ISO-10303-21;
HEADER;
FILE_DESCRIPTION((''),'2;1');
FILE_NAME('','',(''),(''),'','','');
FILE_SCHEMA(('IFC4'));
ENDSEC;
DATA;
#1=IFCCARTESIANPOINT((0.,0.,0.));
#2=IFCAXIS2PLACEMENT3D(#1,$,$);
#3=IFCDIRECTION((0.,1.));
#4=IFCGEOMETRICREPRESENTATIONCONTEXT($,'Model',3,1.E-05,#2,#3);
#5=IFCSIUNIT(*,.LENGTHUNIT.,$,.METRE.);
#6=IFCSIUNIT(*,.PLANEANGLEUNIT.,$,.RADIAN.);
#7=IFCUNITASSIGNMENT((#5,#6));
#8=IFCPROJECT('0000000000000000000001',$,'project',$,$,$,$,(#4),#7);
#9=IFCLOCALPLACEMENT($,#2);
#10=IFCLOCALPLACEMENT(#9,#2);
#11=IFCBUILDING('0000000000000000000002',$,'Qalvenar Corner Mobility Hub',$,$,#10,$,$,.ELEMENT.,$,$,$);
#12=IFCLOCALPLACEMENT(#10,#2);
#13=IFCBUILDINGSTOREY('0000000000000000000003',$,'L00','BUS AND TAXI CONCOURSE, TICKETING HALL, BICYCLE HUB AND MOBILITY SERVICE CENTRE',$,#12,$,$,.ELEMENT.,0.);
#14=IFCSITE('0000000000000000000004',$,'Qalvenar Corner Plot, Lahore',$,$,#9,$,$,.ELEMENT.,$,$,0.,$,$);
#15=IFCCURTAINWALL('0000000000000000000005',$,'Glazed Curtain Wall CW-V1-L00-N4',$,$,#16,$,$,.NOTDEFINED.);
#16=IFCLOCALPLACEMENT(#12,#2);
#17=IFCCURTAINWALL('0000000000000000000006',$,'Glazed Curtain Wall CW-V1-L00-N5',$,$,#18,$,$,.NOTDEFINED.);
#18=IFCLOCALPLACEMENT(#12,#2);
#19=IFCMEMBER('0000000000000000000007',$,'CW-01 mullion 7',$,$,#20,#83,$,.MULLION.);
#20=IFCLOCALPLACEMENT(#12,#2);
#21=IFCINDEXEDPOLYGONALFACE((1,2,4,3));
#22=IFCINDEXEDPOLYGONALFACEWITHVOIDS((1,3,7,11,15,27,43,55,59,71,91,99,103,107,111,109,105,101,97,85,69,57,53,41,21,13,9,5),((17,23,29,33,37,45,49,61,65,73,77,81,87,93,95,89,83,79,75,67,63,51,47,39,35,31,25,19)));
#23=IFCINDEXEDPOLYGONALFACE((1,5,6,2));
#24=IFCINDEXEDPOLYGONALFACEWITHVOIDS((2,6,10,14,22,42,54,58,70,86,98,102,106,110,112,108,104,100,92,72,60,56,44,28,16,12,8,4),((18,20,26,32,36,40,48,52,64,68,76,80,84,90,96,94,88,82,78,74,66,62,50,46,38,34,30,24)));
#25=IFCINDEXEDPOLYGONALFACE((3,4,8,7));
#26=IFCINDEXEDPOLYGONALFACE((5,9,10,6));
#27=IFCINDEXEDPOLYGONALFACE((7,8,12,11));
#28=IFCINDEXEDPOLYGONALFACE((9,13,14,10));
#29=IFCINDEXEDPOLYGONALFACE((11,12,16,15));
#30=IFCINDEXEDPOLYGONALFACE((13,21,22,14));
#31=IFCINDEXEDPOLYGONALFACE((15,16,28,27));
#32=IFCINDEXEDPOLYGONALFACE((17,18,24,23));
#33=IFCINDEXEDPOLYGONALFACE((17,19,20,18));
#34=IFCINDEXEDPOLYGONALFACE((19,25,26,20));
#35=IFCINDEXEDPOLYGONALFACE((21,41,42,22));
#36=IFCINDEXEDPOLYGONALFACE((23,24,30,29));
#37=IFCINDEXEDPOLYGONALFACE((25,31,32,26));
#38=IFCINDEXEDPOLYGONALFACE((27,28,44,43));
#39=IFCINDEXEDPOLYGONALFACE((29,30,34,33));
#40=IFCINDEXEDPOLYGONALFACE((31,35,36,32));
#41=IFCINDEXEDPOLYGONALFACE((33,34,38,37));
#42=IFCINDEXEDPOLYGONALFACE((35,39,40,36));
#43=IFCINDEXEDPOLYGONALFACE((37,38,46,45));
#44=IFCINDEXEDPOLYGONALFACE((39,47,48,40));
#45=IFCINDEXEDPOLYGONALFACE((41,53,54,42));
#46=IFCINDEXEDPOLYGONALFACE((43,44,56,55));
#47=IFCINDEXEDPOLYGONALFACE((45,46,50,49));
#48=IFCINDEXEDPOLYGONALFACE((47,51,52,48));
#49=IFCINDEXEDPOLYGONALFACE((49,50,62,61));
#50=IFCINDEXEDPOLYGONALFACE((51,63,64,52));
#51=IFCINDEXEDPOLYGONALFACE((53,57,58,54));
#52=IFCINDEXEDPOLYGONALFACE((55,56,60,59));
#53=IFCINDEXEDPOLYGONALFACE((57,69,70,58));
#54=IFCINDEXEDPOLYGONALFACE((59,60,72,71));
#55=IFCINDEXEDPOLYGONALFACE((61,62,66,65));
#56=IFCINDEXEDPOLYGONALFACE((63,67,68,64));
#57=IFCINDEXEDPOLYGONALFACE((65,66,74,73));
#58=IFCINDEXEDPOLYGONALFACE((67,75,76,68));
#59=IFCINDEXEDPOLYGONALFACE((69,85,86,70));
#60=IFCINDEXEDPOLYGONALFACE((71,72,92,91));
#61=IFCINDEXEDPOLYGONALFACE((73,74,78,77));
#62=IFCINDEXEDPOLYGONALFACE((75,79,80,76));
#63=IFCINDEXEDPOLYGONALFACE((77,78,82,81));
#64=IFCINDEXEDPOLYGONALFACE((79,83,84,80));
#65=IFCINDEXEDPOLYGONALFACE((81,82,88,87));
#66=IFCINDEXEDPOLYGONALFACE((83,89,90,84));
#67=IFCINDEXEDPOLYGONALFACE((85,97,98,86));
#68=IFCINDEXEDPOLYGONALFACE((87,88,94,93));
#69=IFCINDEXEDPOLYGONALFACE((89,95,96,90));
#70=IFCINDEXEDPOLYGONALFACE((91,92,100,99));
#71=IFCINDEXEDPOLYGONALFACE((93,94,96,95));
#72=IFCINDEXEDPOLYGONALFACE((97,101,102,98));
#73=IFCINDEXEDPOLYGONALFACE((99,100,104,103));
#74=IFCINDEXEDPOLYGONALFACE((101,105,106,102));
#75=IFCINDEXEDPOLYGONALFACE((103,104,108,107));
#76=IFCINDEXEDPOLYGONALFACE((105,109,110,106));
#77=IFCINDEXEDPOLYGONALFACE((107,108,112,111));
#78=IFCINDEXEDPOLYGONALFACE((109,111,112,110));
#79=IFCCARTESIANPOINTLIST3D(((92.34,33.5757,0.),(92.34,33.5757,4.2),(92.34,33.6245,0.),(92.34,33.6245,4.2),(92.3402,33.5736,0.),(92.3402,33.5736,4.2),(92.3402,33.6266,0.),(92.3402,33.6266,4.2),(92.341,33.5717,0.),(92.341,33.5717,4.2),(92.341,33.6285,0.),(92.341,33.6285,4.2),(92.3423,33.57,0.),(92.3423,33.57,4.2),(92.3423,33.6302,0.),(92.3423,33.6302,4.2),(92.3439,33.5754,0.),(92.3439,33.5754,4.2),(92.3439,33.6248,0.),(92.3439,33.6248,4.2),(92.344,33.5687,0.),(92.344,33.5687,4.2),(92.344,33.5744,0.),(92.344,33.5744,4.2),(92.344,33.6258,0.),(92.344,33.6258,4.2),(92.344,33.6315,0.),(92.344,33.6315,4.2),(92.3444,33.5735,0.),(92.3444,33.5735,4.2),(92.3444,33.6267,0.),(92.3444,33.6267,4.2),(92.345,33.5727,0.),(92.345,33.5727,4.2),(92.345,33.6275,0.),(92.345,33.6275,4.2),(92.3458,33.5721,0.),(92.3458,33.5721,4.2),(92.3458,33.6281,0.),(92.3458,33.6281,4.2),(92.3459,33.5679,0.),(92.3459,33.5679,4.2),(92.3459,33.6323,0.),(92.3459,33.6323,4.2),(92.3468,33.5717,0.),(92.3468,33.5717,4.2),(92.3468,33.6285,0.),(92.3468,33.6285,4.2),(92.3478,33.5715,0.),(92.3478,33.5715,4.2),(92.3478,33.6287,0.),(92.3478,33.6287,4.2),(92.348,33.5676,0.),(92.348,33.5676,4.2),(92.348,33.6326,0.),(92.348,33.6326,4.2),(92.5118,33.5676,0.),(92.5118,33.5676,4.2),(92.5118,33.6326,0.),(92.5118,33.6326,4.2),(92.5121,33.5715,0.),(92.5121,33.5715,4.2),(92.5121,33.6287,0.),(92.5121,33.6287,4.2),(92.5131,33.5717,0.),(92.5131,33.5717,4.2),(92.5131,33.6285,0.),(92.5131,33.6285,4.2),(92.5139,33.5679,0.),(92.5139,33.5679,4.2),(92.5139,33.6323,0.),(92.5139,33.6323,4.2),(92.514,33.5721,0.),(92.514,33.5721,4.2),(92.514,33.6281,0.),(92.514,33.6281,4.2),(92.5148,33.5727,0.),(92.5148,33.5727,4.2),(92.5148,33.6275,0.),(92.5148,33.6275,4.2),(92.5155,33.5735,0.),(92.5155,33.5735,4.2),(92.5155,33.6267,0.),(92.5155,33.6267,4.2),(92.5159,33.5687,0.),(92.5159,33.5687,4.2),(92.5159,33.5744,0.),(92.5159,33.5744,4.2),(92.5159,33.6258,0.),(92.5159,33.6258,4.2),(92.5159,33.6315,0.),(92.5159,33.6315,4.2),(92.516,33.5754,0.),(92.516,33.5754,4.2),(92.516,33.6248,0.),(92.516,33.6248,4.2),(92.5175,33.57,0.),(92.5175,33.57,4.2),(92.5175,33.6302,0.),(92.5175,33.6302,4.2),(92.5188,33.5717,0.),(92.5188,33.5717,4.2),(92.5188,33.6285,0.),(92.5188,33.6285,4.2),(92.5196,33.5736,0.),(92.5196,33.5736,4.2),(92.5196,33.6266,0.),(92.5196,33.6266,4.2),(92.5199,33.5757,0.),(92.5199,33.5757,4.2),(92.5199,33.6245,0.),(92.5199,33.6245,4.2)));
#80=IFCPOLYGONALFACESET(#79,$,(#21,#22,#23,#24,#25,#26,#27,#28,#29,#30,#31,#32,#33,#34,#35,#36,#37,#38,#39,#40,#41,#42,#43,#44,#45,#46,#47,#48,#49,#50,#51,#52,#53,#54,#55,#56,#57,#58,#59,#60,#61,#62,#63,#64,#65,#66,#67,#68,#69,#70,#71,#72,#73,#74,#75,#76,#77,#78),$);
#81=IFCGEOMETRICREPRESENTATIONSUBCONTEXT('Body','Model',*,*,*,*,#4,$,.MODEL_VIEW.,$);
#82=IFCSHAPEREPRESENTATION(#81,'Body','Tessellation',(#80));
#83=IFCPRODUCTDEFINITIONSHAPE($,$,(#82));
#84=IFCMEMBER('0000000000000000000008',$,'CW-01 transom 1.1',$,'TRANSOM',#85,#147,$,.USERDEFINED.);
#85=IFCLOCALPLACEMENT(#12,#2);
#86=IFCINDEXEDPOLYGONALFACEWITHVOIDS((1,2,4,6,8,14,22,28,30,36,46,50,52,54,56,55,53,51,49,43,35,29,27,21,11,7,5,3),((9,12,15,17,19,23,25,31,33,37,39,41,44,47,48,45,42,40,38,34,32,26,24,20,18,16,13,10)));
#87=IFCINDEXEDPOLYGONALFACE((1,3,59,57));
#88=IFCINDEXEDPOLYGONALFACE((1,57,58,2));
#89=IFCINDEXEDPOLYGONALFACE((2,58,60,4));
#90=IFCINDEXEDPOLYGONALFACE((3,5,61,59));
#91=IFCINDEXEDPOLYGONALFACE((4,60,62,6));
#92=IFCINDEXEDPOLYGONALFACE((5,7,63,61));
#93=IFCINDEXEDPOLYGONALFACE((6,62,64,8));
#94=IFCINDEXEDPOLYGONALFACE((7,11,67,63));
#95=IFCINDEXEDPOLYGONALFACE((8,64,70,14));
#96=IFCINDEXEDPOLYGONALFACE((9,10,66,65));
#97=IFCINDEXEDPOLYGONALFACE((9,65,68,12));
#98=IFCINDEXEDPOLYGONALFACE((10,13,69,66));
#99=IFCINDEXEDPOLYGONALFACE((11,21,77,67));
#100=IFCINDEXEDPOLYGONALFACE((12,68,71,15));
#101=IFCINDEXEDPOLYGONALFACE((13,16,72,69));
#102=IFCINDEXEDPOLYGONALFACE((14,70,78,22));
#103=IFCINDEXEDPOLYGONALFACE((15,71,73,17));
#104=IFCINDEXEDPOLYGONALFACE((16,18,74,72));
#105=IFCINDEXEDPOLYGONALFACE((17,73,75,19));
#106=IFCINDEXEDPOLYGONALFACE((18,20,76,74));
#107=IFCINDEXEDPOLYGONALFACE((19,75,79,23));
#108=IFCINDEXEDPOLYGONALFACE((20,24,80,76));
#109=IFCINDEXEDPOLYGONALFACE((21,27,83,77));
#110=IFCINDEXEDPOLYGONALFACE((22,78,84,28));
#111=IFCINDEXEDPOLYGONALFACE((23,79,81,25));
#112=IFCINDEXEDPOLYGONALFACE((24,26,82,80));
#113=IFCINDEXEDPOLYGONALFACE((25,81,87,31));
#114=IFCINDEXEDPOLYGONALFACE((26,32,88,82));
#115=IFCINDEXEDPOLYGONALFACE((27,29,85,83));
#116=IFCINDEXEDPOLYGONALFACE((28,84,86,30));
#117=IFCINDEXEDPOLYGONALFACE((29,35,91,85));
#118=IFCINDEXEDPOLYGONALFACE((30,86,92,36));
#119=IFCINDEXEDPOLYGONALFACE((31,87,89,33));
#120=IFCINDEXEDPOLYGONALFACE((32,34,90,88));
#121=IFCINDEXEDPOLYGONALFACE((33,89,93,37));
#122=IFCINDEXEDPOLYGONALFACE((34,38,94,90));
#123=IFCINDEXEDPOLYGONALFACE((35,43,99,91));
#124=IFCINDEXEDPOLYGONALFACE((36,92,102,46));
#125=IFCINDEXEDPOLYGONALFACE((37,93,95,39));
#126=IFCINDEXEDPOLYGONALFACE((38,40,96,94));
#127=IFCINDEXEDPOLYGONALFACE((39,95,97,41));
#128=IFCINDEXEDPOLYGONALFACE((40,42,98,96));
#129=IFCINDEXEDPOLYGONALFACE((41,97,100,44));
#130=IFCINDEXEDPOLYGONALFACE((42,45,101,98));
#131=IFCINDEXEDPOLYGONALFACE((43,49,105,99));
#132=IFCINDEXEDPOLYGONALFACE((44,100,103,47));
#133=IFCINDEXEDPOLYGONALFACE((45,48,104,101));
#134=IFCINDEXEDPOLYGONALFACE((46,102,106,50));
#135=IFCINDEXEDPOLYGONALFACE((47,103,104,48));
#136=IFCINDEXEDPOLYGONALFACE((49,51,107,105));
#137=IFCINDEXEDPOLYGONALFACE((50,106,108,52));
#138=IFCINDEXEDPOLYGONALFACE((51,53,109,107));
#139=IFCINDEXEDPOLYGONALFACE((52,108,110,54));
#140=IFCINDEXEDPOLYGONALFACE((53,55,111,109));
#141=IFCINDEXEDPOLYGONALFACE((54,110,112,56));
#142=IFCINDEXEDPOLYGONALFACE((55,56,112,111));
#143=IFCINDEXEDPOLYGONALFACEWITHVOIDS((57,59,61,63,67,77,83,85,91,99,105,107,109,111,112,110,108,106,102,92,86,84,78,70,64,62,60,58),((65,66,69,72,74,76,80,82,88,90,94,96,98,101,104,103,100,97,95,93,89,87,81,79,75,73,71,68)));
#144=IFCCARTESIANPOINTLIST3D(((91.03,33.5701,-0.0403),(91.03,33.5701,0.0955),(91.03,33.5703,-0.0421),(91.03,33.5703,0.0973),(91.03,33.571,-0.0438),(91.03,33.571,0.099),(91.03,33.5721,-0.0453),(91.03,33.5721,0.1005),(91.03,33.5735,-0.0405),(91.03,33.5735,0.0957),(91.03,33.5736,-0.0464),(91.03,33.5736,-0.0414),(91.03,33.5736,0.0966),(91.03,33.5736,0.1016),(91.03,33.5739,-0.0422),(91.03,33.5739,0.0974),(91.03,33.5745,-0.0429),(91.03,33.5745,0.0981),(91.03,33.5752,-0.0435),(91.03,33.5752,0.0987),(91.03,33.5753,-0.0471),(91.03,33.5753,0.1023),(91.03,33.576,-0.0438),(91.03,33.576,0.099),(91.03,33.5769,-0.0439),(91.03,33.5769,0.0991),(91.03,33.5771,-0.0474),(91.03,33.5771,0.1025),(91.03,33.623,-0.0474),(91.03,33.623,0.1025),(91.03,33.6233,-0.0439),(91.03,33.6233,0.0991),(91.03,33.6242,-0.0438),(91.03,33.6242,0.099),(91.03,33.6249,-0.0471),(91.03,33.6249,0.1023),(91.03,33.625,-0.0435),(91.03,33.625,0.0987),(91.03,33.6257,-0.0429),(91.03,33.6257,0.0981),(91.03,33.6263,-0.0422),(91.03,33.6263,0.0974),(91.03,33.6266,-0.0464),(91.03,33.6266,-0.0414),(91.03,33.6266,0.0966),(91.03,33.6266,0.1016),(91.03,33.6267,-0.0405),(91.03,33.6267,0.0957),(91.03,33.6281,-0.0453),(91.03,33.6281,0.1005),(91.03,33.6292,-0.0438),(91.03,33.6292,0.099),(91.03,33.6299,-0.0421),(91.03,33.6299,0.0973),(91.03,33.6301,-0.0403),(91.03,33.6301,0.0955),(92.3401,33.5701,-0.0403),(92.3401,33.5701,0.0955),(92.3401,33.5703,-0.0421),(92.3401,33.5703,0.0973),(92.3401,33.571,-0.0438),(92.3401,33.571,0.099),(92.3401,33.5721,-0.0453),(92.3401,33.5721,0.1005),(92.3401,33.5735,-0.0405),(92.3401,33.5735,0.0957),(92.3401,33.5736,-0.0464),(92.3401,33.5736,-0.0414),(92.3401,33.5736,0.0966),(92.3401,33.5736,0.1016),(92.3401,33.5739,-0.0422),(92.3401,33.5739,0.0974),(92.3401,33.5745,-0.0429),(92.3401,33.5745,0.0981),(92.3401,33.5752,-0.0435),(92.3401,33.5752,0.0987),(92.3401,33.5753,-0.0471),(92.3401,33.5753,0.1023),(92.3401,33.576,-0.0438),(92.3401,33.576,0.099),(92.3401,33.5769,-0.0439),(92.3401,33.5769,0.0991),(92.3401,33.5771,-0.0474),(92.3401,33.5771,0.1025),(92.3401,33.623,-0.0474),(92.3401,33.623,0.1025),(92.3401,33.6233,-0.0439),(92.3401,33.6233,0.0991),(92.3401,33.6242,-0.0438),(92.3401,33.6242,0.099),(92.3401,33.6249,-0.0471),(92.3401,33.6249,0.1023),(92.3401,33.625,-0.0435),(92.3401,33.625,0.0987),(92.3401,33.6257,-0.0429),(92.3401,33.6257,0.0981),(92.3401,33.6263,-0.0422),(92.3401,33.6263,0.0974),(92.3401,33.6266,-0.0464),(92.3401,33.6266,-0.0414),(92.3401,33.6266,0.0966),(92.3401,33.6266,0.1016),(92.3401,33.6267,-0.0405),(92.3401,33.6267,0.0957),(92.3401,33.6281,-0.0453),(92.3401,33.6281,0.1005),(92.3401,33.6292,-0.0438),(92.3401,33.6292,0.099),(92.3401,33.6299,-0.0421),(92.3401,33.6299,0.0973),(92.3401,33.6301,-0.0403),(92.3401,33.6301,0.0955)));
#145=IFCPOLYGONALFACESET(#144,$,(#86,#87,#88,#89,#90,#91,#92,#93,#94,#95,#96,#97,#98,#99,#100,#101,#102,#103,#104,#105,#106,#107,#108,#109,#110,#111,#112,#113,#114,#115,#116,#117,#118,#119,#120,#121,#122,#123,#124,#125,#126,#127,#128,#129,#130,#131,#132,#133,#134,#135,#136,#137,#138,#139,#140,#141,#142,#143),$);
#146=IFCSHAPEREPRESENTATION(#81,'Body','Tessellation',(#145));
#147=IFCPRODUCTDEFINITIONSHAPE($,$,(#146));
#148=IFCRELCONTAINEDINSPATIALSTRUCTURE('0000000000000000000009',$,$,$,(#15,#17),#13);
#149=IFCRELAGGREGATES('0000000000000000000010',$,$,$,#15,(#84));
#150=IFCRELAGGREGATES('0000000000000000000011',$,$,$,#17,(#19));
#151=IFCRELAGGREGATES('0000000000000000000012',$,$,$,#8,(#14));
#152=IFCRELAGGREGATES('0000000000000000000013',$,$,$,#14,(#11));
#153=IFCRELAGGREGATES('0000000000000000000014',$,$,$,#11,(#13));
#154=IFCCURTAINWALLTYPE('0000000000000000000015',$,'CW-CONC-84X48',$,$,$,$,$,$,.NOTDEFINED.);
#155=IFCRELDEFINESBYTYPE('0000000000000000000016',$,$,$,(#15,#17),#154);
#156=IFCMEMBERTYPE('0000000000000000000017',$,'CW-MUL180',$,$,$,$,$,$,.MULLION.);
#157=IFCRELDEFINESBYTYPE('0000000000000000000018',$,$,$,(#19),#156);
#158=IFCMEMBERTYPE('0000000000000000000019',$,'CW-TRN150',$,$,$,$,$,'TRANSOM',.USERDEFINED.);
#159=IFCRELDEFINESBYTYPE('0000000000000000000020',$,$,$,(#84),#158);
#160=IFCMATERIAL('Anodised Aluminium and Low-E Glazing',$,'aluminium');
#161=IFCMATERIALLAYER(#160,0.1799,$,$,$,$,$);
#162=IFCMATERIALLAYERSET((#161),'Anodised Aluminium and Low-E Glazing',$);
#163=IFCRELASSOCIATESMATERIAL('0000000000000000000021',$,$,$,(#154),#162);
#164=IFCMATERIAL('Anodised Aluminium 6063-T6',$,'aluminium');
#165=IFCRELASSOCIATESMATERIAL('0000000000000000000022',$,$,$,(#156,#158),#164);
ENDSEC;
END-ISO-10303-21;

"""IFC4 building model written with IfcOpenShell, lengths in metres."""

from ifc_helpers import new_model, si_unit, direction, frame, origin, origin_2d, place, context, subcontext, project, spatial, hollow_rectangle, extrude, material, layer, layer_set, material_profile, profile_set, type_object, element, aggregate, save


model = new_model("IFC4")

# Units and contexts
model_context = context("Model", 3, precision=1e-05, world=origin(), true_north=direction((0.0, 1.0)))
body_context = subcontext(model_context, "Body", "Model", "MODEL_VIEW")
ifc_project = project(units=[si_unit("LENGTHUNIT", "METRE"), si_unit("PLANEANGLEUNIT", "RADIAN")], contexts=[model_context])

# Site, building, storey
site_placement = place(None, origin())
site = spatial("IfcSite", under=ifc_project, at=site_placement, Name="Qalvenar Corner Plot, Lahore", CompositionType="ELEMENT", RefElevation=0.0)
building_placement = place(site_placement, origin())
building = spatial("IfcBuilding", under=site, at=building_placement, Name="Qalvenar Corner Mobility Hub", CompositionType="ELEMENT")
storey_placement = place(building_placement, origin())
storey = spatial("IfcBuildingStorey", under=building, at=storey_placement, Name="L00", Description="BUS AND TAXI CONCOURSE, TICKETING HALL, BICYCLE HUB AND MOBILITY SERVICE CENTRE", CompositionType="ELEMENT", Elevation=0.0)

# Curtain walls, member
ifc_material_1 = material(Name="Anodised Aluminium and Low-E Glazing", Category="aluminium")
ifc_layer_1 = layer(ifc_material_1, 0.1799)
ifc_layer_set_1 = layer_set([ifc_layer_1], Name="Anodised Aluminium and Low-E Glazing")
curtain_wall_type = type_object("IfcCurtainWallType", Name="CW-CONC-84X48", PredefinedType="NOTDEFINED", material=ifc_layer_set_1)
curtain_wall_1_placement = place(storey_placement, origin())
curtain_wall_1 = element("IfcCurtainWall", 1, at=curtain_wall_1_placement, inside=storey, type_object=curtain_wall_type, Name="Glazed Curtain Wall CW-V1-L00-N4", PredefinedType="NOTDEFINED")
ifc_material_2 = material(Name="Anodised Aluminium 6063-T6", Category="aluminium")
ifc_material_profile_1 = material_profile(ifc_material_2, hollow_rectangle(XDim=0.0649, YDim=0.1799, WallThickness=0.0039, InnerFilletRadius=0.0039, OuterFilletRadius=0.0081, at=origin_2d()), Name="RHS180x65x4")
ifc_profile_set_1 = profile_set([ifc_material_profile_1], Name="Anodised Aluminium 6063-T6")
member_type_1 = type_object("IfcMemberType", Name="CW-MUL180", PredefinedType="MULLION", material=ifc_profile_set_1)
curtain_wall_2_placement = place(storey_placement, origin())
curtain_wall_2 = element("IfcCurtainWall", 2, at=curtain_wall_2_placement, inside=storey, type_object=curtain_wall_type, Name="Glazed Curtain Wall CW-V1-L00-N5", PredefinedType="NOTDEFINED")
member_1_placement = place(storey_placement, frame((92.4299, 33.6001, 0.0), z_axis=(0.0, 0.0, 1.0), x_axis=(0.0, -1.0, 0.0)))
member_1 = element("IfcMember", 3, at=member_1_placement, type_object=member_type_1, Name="CW-01 mullion 7", PredefinedType="MULLION", context=body_context, shape_type="SweptSolid", body=[
    extrude(hollow_rectangle(XDim=0.0649, YDim=0.1799, WallThickness=0.0039, InnerFilletRadius=0.0039, OuterFilletRadius=0.0081, at=origin_2d()), origin(), (0.0, 0.0, 1.0), 4.2),
])

# Member
ifc_material_profile_2 = material_profile(ifc_material_2, hollow_rectangle(XDim=0.0601, YDim=0.1499, WallThickness=0.0034, InnerFilletRadius=0.0034, OuterFilletRadius=0.0071, at=origin_2d()), Name="RHS150x60x3.5")
ifc_profile_set_2 = profile_set([ifc_material_profile_2], Name="Anodised Aluminium 6063-T6")
member_type_2 = type_object("IfcMemberType", Name="CW-TRN150", ElementType="TRANSOM", PredefinedType="USERDEFINED", material=ifc_profile_set_2)
member_2_placement = place(storey_placement, frame((92.3401, 33.6001, 0.0276), z_axis=(-1.0, 0.0, 0.0), x_axis=(0.0, -1.0, 0.0)))
member_2 = element("IfcMember", 4, at=member_2_placement, type_object=member_type_2, Name="CW-01 transom 1.1", ObjectType="TRANSOM", PredefinedType="USERDEFINED", context=body_context, shape_type="SweptSolid", body=[
    extrude(hollow_rectangle(XDim=0.0601, YDim=0.1499, WallThickness=0.0034, InnerFilletRadius=0.0034, OuterFilletRadius=0.0071, at=origin_2d()), origin(), (0.0, 0.0, 1.0), 1.3101),
])

aggregate(curtain_wall_1, [member_2])
aggregate(curtain_wall_2, [member_1])

save(model, "model.ifc")
